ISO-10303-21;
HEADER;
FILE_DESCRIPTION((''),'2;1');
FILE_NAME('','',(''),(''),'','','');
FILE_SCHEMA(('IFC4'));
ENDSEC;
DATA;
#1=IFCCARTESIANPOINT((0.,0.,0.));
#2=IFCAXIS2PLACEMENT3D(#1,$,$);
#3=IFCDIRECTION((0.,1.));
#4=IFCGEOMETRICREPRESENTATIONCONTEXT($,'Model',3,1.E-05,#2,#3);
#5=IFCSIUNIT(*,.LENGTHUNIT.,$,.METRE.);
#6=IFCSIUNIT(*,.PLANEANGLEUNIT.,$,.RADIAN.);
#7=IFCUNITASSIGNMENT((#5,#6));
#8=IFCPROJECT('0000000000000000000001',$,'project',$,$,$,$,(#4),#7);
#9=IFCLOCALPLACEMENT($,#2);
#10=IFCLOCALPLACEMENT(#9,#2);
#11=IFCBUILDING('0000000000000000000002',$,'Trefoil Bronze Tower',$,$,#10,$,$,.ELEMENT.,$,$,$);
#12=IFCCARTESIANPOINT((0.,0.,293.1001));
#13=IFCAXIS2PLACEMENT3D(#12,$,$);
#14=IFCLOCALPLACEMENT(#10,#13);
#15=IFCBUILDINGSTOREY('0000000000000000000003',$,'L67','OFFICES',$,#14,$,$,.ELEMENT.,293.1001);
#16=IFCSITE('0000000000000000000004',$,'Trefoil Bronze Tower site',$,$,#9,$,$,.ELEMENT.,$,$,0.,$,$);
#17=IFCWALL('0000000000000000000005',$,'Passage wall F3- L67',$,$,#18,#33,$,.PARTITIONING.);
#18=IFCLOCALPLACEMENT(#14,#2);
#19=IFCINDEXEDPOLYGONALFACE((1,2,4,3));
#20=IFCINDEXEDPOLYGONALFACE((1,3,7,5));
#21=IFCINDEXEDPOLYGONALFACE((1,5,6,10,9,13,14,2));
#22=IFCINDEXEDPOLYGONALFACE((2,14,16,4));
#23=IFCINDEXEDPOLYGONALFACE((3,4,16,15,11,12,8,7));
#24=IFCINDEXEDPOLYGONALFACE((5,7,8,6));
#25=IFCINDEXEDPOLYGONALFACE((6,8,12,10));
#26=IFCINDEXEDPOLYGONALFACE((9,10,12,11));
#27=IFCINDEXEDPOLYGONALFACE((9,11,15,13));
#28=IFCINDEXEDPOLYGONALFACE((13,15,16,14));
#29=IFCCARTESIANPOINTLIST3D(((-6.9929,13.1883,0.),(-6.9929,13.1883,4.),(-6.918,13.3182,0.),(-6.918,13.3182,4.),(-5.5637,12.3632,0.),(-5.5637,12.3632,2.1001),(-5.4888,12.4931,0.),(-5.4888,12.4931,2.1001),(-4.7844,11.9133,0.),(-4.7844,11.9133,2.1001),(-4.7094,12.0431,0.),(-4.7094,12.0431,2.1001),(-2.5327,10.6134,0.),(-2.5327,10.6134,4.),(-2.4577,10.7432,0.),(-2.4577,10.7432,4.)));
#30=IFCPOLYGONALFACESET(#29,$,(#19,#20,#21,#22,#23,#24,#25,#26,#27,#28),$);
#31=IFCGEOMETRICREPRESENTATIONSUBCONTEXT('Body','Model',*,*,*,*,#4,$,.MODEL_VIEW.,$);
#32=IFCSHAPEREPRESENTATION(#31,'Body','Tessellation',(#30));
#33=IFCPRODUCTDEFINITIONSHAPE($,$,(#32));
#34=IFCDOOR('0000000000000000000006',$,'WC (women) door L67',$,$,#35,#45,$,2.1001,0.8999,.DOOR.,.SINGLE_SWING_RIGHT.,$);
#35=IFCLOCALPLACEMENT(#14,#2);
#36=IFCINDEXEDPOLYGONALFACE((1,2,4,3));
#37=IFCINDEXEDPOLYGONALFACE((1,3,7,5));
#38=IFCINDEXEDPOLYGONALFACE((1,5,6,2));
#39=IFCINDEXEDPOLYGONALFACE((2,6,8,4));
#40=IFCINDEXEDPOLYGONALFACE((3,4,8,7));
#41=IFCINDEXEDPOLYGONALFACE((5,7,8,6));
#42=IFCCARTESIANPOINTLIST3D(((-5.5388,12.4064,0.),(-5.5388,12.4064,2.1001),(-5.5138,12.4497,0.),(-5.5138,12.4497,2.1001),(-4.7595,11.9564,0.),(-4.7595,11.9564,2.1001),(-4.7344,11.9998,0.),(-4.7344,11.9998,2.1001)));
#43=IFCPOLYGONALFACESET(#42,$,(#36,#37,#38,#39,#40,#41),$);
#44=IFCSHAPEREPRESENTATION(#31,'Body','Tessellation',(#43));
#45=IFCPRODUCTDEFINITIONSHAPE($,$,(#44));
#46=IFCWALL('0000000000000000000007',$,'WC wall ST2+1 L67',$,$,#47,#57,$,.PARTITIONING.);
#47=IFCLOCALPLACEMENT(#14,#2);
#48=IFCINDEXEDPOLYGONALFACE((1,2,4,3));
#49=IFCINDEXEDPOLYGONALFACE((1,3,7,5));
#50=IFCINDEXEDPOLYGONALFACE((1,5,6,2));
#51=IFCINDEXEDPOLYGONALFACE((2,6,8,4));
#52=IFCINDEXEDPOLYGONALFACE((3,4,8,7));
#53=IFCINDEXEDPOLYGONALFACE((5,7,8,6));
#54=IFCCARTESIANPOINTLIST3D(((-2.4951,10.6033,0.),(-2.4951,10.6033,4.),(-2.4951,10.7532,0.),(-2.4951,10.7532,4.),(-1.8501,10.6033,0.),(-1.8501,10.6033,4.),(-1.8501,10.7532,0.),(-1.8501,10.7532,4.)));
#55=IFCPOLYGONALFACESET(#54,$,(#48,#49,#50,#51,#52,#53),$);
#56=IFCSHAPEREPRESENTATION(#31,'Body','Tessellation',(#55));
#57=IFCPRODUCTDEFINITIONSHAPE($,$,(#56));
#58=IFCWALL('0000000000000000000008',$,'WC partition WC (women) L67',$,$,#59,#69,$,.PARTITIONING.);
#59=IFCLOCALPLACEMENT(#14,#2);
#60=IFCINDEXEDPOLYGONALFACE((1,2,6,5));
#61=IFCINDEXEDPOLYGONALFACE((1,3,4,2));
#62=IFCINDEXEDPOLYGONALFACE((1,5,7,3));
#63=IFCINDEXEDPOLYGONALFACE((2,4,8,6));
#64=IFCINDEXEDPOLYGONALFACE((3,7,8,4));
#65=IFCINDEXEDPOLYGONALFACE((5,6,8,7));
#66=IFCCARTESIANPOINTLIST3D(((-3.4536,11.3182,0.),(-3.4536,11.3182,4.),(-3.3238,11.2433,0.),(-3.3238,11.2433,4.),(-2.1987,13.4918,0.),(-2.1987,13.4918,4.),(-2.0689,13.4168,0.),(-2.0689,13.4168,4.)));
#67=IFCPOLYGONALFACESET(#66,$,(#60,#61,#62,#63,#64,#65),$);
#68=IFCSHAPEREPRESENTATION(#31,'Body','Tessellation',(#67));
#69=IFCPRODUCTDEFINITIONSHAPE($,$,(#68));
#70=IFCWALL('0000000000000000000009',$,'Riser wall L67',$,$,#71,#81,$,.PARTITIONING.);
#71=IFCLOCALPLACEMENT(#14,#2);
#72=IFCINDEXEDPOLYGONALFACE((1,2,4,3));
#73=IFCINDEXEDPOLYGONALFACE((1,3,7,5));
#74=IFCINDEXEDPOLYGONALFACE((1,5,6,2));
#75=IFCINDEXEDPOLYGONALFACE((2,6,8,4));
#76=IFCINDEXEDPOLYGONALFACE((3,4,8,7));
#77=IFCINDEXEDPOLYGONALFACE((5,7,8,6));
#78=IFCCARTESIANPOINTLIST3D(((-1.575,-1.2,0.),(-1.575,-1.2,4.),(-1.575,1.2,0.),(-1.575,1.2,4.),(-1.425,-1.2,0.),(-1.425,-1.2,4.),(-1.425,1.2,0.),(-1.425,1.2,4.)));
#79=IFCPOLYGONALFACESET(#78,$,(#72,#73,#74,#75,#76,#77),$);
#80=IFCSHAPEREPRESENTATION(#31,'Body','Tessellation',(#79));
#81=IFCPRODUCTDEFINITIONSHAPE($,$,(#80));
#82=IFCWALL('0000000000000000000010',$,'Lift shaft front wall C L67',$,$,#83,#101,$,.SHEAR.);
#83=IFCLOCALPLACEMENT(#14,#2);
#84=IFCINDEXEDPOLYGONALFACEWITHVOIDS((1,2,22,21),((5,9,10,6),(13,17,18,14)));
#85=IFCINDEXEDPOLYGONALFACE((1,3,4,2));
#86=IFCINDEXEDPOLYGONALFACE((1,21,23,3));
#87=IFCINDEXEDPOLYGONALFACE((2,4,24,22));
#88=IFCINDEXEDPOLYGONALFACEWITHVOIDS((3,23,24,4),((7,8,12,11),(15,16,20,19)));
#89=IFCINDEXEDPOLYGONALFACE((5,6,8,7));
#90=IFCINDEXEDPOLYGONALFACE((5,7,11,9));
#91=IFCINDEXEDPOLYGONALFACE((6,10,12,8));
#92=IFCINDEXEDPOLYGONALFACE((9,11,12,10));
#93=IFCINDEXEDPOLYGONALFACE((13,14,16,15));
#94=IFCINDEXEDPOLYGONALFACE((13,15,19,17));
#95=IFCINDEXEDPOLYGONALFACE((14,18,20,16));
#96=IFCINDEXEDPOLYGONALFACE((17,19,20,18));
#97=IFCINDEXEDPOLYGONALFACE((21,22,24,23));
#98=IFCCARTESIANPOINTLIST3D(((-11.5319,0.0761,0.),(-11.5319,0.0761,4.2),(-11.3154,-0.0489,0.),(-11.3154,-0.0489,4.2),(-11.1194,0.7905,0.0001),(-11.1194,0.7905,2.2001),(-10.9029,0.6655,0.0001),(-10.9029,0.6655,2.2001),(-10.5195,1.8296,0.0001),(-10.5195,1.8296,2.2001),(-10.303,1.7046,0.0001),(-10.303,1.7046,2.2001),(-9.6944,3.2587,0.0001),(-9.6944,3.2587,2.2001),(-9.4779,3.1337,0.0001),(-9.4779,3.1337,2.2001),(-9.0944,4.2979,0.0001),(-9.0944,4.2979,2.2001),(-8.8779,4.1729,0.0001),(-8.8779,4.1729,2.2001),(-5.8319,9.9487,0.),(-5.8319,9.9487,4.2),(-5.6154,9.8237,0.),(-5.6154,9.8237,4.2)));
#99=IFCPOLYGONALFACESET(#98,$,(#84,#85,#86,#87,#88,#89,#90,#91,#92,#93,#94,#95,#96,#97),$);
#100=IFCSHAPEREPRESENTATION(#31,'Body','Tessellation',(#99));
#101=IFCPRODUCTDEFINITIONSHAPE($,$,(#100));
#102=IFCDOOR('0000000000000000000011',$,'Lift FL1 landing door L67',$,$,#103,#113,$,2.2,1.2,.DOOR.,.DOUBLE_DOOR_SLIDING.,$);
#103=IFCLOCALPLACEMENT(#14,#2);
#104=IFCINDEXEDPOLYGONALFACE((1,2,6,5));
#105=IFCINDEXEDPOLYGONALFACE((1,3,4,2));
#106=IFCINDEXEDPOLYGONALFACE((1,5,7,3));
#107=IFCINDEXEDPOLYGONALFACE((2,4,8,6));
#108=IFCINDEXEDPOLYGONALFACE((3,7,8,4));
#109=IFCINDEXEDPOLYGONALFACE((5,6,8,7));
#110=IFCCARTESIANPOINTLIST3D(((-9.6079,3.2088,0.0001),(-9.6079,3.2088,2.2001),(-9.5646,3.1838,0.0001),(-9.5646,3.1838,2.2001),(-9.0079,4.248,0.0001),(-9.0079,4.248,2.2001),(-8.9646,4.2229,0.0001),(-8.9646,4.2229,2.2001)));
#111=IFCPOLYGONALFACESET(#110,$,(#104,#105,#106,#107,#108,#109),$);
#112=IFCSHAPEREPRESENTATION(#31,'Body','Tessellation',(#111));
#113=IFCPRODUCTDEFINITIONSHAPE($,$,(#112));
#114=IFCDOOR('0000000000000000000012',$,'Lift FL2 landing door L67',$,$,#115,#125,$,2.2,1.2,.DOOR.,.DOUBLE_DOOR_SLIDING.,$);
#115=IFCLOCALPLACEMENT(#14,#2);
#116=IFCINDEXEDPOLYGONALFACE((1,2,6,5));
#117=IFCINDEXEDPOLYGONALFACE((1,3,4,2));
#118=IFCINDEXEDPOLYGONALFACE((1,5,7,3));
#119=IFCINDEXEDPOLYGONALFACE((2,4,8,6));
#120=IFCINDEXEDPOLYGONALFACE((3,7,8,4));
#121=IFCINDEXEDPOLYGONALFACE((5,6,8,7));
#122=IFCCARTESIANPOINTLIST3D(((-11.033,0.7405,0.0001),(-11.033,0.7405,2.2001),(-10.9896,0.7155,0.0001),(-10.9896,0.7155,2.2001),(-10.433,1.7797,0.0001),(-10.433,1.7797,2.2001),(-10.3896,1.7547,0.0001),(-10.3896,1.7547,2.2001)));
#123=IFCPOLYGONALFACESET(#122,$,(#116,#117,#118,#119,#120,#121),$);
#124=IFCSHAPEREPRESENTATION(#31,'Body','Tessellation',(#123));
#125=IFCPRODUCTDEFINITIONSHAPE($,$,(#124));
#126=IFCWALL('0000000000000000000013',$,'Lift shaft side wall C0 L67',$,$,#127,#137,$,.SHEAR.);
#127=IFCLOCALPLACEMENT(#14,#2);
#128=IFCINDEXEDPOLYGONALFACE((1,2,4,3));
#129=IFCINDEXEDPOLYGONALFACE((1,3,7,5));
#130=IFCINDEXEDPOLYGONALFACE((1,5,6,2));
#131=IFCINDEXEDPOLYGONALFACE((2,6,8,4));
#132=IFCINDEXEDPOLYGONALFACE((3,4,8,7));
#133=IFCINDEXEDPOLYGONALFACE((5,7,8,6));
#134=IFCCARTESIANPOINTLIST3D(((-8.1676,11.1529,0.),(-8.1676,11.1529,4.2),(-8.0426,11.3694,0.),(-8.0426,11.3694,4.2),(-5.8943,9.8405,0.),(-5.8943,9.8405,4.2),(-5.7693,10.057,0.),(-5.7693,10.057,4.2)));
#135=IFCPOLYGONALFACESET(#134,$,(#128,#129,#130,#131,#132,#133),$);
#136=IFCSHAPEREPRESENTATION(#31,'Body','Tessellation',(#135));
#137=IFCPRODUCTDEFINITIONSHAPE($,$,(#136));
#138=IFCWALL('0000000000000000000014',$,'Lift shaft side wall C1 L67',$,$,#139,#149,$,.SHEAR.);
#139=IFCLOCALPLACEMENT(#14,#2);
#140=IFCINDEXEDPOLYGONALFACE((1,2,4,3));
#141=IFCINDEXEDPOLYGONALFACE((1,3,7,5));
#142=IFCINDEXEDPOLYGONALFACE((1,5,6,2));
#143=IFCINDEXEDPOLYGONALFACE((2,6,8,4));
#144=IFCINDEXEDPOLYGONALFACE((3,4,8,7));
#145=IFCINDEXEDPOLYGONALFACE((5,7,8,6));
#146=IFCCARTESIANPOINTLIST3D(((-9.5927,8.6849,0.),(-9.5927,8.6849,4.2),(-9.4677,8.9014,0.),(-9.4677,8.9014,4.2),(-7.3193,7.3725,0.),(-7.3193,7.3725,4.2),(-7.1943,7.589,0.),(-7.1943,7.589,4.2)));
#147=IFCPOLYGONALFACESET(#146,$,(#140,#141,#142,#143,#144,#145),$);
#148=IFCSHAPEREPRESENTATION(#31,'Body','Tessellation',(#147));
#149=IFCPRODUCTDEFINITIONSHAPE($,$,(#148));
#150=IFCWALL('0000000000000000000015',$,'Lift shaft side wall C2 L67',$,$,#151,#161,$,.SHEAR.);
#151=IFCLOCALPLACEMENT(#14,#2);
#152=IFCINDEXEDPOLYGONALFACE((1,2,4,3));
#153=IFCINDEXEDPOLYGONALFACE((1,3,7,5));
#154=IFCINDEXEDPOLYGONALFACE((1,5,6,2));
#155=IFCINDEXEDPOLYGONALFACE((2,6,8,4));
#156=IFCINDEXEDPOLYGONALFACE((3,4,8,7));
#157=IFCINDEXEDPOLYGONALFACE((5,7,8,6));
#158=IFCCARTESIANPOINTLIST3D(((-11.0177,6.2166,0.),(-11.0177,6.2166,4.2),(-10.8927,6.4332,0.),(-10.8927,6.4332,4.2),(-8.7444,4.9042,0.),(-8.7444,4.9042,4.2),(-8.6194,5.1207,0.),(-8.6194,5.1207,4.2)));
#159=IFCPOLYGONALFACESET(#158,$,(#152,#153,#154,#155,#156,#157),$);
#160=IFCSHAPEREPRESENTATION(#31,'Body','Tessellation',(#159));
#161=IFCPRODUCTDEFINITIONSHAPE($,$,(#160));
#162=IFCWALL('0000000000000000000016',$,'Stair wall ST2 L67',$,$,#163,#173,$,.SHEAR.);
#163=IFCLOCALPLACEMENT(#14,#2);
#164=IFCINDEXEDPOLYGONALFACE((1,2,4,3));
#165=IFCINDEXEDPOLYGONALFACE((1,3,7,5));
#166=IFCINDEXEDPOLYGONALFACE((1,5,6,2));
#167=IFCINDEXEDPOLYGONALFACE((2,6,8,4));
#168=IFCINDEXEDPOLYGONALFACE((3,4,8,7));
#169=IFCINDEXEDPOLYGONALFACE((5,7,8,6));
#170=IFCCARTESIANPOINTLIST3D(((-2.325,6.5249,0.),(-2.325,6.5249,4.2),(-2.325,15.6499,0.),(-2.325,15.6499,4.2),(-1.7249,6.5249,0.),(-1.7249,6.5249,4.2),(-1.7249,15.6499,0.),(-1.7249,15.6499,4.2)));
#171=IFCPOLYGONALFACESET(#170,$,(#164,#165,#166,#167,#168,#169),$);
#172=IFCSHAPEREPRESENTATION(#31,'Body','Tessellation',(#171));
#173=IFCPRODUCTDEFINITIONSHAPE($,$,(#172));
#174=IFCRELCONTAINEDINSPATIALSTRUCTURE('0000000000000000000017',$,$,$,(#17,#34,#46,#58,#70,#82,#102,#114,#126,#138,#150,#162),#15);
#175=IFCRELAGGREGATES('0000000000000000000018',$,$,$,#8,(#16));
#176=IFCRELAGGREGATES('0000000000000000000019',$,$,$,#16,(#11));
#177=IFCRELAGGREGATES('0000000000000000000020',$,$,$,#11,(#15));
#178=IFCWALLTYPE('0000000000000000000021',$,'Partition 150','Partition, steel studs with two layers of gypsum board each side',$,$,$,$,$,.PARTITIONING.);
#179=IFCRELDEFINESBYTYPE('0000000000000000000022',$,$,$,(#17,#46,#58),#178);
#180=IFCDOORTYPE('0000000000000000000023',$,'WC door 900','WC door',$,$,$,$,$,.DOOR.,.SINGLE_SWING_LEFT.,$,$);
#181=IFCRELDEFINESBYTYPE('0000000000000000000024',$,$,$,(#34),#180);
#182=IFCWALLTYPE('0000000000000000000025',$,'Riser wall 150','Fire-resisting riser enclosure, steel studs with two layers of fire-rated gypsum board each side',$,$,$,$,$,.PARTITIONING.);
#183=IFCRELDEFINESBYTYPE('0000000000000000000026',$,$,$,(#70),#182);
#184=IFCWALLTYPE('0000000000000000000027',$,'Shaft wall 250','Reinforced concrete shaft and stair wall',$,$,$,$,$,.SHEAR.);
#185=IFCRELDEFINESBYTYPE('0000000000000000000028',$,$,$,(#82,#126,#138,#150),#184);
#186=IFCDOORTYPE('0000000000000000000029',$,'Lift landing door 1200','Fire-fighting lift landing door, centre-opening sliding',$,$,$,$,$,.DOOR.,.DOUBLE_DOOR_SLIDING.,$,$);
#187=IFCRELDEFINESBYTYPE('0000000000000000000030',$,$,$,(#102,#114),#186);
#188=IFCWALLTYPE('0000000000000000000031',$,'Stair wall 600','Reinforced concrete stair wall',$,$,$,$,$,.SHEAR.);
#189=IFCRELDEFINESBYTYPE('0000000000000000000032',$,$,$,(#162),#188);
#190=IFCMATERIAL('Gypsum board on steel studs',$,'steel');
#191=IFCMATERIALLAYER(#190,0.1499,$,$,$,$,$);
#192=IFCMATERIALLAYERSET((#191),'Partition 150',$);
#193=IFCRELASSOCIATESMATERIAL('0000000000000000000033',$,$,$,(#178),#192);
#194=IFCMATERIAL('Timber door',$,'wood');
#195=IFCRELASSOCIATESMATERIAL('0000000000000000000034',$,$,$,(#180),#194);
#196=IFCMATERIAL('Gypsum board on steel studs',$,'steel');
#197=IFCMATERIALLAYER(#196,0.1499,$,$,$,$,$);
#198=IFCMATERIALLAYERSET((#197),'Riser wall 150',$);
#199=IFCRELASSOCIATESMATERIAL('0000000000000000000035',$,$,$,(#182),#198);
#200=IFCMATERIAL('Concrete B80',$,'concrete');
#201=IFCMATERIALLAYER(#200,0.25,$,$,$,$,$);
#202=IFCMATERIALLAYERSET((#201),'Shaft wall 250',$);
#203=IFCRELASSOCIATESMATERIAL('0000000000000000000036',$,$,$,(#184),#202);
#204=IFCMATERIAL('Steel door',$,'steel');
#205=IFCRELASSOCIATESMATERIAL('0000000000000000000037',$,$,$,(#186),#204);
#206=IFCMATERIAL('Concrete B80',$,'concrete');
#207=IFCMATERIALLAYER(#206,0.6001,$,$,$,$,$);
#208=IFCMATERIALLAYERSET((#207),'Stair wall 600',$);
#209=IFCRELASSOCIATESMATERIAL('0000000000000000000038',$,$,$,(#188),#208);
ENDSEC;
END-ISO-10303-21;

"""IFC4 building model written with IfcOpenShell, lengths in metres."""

from ifc_helpers import new_model, si_unit, direction, frame, frame_2d, origin, place, context, subcontext, project, spatial, rectangle, extrude, material, layer, layer_set, type_object, element, fill, save


model = new_model("IFC4")

# Units and contexts
model_context = context("Model", 3, precision=1e-05, world=origin(), true_north=direction((0.0, 1.0)))
body_context = subcontext(model_context, "Body", "Model", "MODEL_VIEW")
ifc_project = project(units=[si_unit("LENGTHUNIT", "METRE"), si_unit("PLANEANGLEUNIT", "RADIAN")], contexts=[model_context])

# Site, building, storey
site_placement = place(None, origin())
site = spatial("IfcSite", under=ifc_project, at=site_placement, Name="Trefoil Bronze Tower site", CompositionType="ELEMENT", RefElevation=0.0)
building_placement = place(site_placement, origin())
building = spatial("IfcBuilding", under=site, at=building_placement, Name="Trefoil Bronze Tower", CompositionType="ELEMENT")
storey_placement = place(building_placement, frame((0.0, 0.0, 293.1001)))
storey = spatial("IfcBuildingStorey", under=building, at=storey_placement, Name="L67", Description="OFFICES", CompositionType="ELEMENT", Elevation=293.1001)

# Wall, opening, door
ifc_material_1 = material(Name="Gypsum board on steel studs", Category="steel")
ifc_layer_1 = layer(ifc_material_1, 0.1499)
ifc_layer_set_1 = layer_set([ifc_layer_1], Name="Partition 150")
wall_type_1 = type_object("IfcWallType", Name="Partition 150", Description="Partition, steel studs with two layers of gypsum board each side", PredefinedType="PARTITIONING", material=ifc_layer_set_1)
wall_1_placement = place(storey_placement, frame((-2.4951, 10.6782, 0.0), z_axis=(0.0, 0.0, 1.0), x_axis=(-0.866038, 0.499978, 0.0)))
wall_1 = element("IfcWall", 1, at=wall_1_placement, inside=storey, type_object=wall_type_1, Name="Passage wall F3- L67", PredefinedType="PARTITIONING", context=body_context, shape_type="SweptSolid", body=[
    extrude(rectangle(XDim=5.1501, YDim=0.1499, at=frame_2d((2.5752, 0.0))), origin(), (0.0, 0.0, 1.0), 4.0),
])
opening_1_placement = place(wall_1_placement, frame((2.6001, 0.0, 0.0)))
opening_1 = element("IfcOpeningElement", 2, at=opening_1_placement, cuts=wall_1, PredefinedType="OPENING", context=body_context, shape_type="SweptSolid", body=[
    extrude(rectangle(XDim=0.8999, YDim=2.1001, at=frame_2d((0.45, 1.05))), frame((0.0, 0.085, 0.0), z_axis=(0.0, -1.0, 0.0), x_axis=(1.0, 0.0, 0.0)), (0.0, 0.0, 1.0), 0.1699),
])
ifc_material_2 = material(Name="Timber door", Category="wood")
door_type_1 = type_object("IfcDoorType", Name="WC door 900", Description="WC door", OperationType="SINGLE_SWING_LEFT", PredefinedType="DOOR", material=ifc_material_2)
door_1_placement = place(opening_1_placement, frame((0.8999, 0.0, 0.0), z_axis=(0.0, 0.0, 1.0), x_axis=(-1.0, 0.0, 0.0)))
door_1 = element("IfcDoor", 3, at=door_1_placement, inside=storey, type_object=door_type_1, Name="WC (women) door L67", OperationType="SINGLE_SWING_RIGHT", OverallHeight=2.1001, OverallWidth=0.8999, PredefinedType="DOOR", context=body_context, shape_type="SweptSolid", body=[
    extrude(rectangle(XDim=0.8999, YDim=2.1001, at=frame_2d((0.45, 1.05))), frame((0.0, 0.0249, 0.0), z_axis=(0.0, -1.0, 0.0), x_axis=(1.0, 0.0, 0.0)), (0.0, 0.0, 1.0), 0.05),
])
fill(opening_1, door_1)

# Walls
wall_2_placement = place(storey_placement, frame((-2.4951, 10.6782, 0.0), z_axis=(0.0, 0.0, 1.0), x_axis=(1.0, 0.0, 0.0)))
element("IfcWall", 4, at=wall_2_placement, inside=storey, type_object=wall_type_1, Name="WC wall ST2+1 L67", PredefinedType="PARTITIONING", context=body_context, shape_type="SweptSolid", body=[
    extrude(rectangle(XDim=0.645, YDim=0.1499, at=frame_2d((0.3225, 0.0))), origin(), (0.0, 0.0, 1.0), 4.0),
])
wall_3_placement = place(storey_placement, frame((-3.3887, 11.2808, 0.0), z_axis=(0.0, 0.0, 1.0), x_axis=(0.499989, 0.866032, 0.0)))
element("IfcWall", 5, at=wall_3_placement, inside=storey, type_object=wall_type_1, Name="WC partition WC (women) L67", PredefinedType="PARTITIONING", context=body_context, shape_type="SweptSolid", body=[
    extrude(rectangle(XDim=2.5098, YDim=0.1499, at=frame_2d((1.2549, 0.0))), origin(), (0.0, 0.0, 1.0), 4.0),
])
ifc_material_3 = material(Name="Gypsum board on steel studs", Category="steel")
ifc_layer_2 = layer(ifc_material_3, 0.1499)
ifc_layer_set_2 = layer_set([ifc_layer_2], Name="Riser wall 150")
wall_type_2 = type_object("IfcWallType", Name="Riser wall 150", Description="Fire-resisting riser enclosure, steel studs with two layers of fire-rated gypsum board each side", PredefinedType="PARTITIONING", material=ifc_layer_set_2)
wall_4_placement = place(storey_placement, frame((-1.5, 1.2, 0.0), z_axis=(0.0, 0.0, 1.0), x_axis=(0.0, -1.0, 0.0)))
element("IfcWall", 6, at=wall_4_placement, inside=storey, type_object=wall_type_2, Name="Riser wall L67", PredefinedType="PARTITIONING", context=body_context, shape_type="SweptSolid", body=[
    extrude(rectangle(XDim=2.3999, YDim=0.1499, at=frame_2d((1.2, 0.0))), origin(), (0.0, 0.0, 1.0), 4.0),
])

# Wall, openings, doors
ifc_material_4 = material(Name="Concrete B80", Category="concrete")
ifc_layer_3 = layer(ifc_material_4, 0.25)
ifc_layer_set_3 = layer_set([ifc_layer_3], Name="Shaft wall 250")
wall_type_3 = type_object("IfcWallType", Name="Shaft wall 250", Description="Reinforced concrete shaft and stair wall", PredefinedType="SHEAR", material=ifc_layer_set_3)
wall_5_placement = place(storey_placement, frame((-5.7236, 9.8862, 0.0), z_axis=(0.0, 0.0, 1.0), x_axis=(-0.500002, -0.866024, 0.0)))
wall_5 = element("IfcWall", 7, at=wall_5_placement, inside=storey, type_object=wall_type_3, Name="Lift shaft front wall C L67", PredefinedType="SHEAR", context=body_context, shape_type="SweptSolid", body=[
    extrude(rectangle(XDim=11.3999, YDim=0.25, at=frame_2d((5.7, 0.0))), origin(), (0.0, 0.0, 1.0), 4.2),
])
opening_2_placement = place(wall_5_placement, frame((6.5249, 0.0, 0.0)))
opening_2 = element("IfcOpeningElement", 8, at=opening_2_placement, cuts=wall_5, PredefinedType="OPENING", context=body_context, shape_type="SweptSolid", body=[
    extrude(rectangle(XDim=1.2, YDim=2.2, at=frame_2d((0.6001, 1.1001))), frame((0.0, 0.135, 0.0), z_axis=(0.0, -1.0, 0.0), x_axis=(1.0, 0.0, 0.0)), (0.0, 0.0, 1.0), 0.27),
])
opening_3_placement = place(wall_5_placement, frame((9.375, 0.0, 0.0)))
opening_3 = element("IfcOpeningElement", 9, at=opening_3_placement, cuts=wall_5, PredefinedType="OPENING", context=body_context, shape_type="SweptSolid", body=[
    extrude(rectangle(XDim=1.2, YDim=2.2, at=frame_2d((0.6001, 1.1001))), frame((0.0, 0.135, 0.0), z_axis=(0.0, -1.0, 0.0), x_axis=(1.0, 0.0, 0.0)), (0.0, 0.0, 1.0), 0.27),
])
ifc_material_5 = material(Name="Steel door", Category="steel")
door_type_2 = type_object("IfcDoorType", Name="Lift landing door 1200", Description="Fire-fighting lift landing door, centre-opening sliding", OperationType="DOUBLE_DOOR_SLIDING", PredefinedType="DOOR", material=ifc_material_5)
door_2_placement = place(opening_2_placement, origin())
door_2 = element("IfcDoor", 10, at=door_2_placement, inside=storey, type_object=door_type_2, Name="Lift FL1 landing door L67", OperationType="DOUBLE_DOOR_SLIDING", OverallHeight=2.2, OverallWidth=1.2, PredefinedType="DOOR", context=body_context, shape_type="SweptSolid", body=[
    extrude(rectangle(XDim=1.2, YDim=2.2, at=frame_2d((0.6001, 1.1001))), frame((0.0, 0.0249, 0.0), z_axis=(0.0, -1.0, 0.0), x_axis=(1.0, 0.0, 0.0)), (0.0, 0.0, 1.0), 0.05),
])
fill(opening_2, door_2)
door_3_placement = place(opening_3_placement, origin())
door_3 = element("IfcDoor", 11, at=door_3_placement, inside=storey, type_object=door_type_2, Name="Lift FL2 landing door L67", OperationType="DOUBLE_DOOR_SLIDING", OverallHeight=2.2, OverallWidth=1.2, PredefinedType="DOOR", context=body_context, shape_type="SweptSolid", body=[
    extrude(rectangle(XDim=1.2, YDim=2.2, at=frame_2d((0.6001, 1.1001))), frame((0.0, 0.0249, 0.0), z_axis=(0.0, -1.0, 0.0), x_axis=(1.0, 0.0, 0.0)), (0.0, 0.0, 1.0), 0.05),
])
fill(opening_3, door_3)

# Walls
for number, where, z_axis, x_axis, name in (
    (12, (-5.8318, 9.9487, 0.0), (0.0, 0.0, 1.0), (-0.866037, 0.49998, 0.0), "Lift shaft side wall C0 L67"),
    (13, (-7.2568, 7.4807, 0.0), (0.0, 0.0, 1.0), (-0.866037, 0.49998, 0.0), "Lift shaft side wall C1 L67"),
    (14, (-8.6819, 5.0125, 0.0), (0.0, 0.0, 1.0), (-0.866037, 0.49998, 0.0), "Lift shaft side wall C2 L67"),
):
    element("IfcWall", number, at=place(storey_placement, frame(where, z_axis=z_axis, x_axis=x_axis)), inside=storey, type_object=wall_type_3, Name=name, PredefinedType="SHEAR", context=body_context, shape_type="SweptSolid", body=[
        extrude(rectangle(XDim=2.625, YDim=0.25, at=frame_2d((1.3125, 0.0))), origin(), (0.0, 0.0, 1.0), 4.2),
    ])
ifc_material_6 = material(Name="Concrete B80", Category="concrete")
ifc_layer_4 = layer(ifc_material_6, 0.6001)
ifc_layer_set_4 = layer_set([ifc_layer_4], Name="Stair wall 600")
wall_type_4 = type_object("IfcWallType", Name="Stair wall 600", Description="Reinforced concrete stair wall", PredefinedType="SHEAR", material=ifc_layer_set_4)
wall_6_placement = place(storey_placement, frame((-2.0249, 6.5249, 0.0), z_axis=(0.0, 0.0, 1.0), x_axis=(0.0, 1.0, 0.0)))
element("IfcWall", 15, at=wall_6_placement, inside=storey, type_object=wall_type_4, Name="Stair wall ST2 L67", PredefinedType="SHEAR", context=body_context, shape_type="SweptSolid", body=[
    extrude(rectangle(XDim=9.125, YDim=0.6001, at=frame_2d((4.5625, 0.0))), origin(), (0.0, 0.0, 1.0), 4.2),
])

save(model, "model.ifc")
